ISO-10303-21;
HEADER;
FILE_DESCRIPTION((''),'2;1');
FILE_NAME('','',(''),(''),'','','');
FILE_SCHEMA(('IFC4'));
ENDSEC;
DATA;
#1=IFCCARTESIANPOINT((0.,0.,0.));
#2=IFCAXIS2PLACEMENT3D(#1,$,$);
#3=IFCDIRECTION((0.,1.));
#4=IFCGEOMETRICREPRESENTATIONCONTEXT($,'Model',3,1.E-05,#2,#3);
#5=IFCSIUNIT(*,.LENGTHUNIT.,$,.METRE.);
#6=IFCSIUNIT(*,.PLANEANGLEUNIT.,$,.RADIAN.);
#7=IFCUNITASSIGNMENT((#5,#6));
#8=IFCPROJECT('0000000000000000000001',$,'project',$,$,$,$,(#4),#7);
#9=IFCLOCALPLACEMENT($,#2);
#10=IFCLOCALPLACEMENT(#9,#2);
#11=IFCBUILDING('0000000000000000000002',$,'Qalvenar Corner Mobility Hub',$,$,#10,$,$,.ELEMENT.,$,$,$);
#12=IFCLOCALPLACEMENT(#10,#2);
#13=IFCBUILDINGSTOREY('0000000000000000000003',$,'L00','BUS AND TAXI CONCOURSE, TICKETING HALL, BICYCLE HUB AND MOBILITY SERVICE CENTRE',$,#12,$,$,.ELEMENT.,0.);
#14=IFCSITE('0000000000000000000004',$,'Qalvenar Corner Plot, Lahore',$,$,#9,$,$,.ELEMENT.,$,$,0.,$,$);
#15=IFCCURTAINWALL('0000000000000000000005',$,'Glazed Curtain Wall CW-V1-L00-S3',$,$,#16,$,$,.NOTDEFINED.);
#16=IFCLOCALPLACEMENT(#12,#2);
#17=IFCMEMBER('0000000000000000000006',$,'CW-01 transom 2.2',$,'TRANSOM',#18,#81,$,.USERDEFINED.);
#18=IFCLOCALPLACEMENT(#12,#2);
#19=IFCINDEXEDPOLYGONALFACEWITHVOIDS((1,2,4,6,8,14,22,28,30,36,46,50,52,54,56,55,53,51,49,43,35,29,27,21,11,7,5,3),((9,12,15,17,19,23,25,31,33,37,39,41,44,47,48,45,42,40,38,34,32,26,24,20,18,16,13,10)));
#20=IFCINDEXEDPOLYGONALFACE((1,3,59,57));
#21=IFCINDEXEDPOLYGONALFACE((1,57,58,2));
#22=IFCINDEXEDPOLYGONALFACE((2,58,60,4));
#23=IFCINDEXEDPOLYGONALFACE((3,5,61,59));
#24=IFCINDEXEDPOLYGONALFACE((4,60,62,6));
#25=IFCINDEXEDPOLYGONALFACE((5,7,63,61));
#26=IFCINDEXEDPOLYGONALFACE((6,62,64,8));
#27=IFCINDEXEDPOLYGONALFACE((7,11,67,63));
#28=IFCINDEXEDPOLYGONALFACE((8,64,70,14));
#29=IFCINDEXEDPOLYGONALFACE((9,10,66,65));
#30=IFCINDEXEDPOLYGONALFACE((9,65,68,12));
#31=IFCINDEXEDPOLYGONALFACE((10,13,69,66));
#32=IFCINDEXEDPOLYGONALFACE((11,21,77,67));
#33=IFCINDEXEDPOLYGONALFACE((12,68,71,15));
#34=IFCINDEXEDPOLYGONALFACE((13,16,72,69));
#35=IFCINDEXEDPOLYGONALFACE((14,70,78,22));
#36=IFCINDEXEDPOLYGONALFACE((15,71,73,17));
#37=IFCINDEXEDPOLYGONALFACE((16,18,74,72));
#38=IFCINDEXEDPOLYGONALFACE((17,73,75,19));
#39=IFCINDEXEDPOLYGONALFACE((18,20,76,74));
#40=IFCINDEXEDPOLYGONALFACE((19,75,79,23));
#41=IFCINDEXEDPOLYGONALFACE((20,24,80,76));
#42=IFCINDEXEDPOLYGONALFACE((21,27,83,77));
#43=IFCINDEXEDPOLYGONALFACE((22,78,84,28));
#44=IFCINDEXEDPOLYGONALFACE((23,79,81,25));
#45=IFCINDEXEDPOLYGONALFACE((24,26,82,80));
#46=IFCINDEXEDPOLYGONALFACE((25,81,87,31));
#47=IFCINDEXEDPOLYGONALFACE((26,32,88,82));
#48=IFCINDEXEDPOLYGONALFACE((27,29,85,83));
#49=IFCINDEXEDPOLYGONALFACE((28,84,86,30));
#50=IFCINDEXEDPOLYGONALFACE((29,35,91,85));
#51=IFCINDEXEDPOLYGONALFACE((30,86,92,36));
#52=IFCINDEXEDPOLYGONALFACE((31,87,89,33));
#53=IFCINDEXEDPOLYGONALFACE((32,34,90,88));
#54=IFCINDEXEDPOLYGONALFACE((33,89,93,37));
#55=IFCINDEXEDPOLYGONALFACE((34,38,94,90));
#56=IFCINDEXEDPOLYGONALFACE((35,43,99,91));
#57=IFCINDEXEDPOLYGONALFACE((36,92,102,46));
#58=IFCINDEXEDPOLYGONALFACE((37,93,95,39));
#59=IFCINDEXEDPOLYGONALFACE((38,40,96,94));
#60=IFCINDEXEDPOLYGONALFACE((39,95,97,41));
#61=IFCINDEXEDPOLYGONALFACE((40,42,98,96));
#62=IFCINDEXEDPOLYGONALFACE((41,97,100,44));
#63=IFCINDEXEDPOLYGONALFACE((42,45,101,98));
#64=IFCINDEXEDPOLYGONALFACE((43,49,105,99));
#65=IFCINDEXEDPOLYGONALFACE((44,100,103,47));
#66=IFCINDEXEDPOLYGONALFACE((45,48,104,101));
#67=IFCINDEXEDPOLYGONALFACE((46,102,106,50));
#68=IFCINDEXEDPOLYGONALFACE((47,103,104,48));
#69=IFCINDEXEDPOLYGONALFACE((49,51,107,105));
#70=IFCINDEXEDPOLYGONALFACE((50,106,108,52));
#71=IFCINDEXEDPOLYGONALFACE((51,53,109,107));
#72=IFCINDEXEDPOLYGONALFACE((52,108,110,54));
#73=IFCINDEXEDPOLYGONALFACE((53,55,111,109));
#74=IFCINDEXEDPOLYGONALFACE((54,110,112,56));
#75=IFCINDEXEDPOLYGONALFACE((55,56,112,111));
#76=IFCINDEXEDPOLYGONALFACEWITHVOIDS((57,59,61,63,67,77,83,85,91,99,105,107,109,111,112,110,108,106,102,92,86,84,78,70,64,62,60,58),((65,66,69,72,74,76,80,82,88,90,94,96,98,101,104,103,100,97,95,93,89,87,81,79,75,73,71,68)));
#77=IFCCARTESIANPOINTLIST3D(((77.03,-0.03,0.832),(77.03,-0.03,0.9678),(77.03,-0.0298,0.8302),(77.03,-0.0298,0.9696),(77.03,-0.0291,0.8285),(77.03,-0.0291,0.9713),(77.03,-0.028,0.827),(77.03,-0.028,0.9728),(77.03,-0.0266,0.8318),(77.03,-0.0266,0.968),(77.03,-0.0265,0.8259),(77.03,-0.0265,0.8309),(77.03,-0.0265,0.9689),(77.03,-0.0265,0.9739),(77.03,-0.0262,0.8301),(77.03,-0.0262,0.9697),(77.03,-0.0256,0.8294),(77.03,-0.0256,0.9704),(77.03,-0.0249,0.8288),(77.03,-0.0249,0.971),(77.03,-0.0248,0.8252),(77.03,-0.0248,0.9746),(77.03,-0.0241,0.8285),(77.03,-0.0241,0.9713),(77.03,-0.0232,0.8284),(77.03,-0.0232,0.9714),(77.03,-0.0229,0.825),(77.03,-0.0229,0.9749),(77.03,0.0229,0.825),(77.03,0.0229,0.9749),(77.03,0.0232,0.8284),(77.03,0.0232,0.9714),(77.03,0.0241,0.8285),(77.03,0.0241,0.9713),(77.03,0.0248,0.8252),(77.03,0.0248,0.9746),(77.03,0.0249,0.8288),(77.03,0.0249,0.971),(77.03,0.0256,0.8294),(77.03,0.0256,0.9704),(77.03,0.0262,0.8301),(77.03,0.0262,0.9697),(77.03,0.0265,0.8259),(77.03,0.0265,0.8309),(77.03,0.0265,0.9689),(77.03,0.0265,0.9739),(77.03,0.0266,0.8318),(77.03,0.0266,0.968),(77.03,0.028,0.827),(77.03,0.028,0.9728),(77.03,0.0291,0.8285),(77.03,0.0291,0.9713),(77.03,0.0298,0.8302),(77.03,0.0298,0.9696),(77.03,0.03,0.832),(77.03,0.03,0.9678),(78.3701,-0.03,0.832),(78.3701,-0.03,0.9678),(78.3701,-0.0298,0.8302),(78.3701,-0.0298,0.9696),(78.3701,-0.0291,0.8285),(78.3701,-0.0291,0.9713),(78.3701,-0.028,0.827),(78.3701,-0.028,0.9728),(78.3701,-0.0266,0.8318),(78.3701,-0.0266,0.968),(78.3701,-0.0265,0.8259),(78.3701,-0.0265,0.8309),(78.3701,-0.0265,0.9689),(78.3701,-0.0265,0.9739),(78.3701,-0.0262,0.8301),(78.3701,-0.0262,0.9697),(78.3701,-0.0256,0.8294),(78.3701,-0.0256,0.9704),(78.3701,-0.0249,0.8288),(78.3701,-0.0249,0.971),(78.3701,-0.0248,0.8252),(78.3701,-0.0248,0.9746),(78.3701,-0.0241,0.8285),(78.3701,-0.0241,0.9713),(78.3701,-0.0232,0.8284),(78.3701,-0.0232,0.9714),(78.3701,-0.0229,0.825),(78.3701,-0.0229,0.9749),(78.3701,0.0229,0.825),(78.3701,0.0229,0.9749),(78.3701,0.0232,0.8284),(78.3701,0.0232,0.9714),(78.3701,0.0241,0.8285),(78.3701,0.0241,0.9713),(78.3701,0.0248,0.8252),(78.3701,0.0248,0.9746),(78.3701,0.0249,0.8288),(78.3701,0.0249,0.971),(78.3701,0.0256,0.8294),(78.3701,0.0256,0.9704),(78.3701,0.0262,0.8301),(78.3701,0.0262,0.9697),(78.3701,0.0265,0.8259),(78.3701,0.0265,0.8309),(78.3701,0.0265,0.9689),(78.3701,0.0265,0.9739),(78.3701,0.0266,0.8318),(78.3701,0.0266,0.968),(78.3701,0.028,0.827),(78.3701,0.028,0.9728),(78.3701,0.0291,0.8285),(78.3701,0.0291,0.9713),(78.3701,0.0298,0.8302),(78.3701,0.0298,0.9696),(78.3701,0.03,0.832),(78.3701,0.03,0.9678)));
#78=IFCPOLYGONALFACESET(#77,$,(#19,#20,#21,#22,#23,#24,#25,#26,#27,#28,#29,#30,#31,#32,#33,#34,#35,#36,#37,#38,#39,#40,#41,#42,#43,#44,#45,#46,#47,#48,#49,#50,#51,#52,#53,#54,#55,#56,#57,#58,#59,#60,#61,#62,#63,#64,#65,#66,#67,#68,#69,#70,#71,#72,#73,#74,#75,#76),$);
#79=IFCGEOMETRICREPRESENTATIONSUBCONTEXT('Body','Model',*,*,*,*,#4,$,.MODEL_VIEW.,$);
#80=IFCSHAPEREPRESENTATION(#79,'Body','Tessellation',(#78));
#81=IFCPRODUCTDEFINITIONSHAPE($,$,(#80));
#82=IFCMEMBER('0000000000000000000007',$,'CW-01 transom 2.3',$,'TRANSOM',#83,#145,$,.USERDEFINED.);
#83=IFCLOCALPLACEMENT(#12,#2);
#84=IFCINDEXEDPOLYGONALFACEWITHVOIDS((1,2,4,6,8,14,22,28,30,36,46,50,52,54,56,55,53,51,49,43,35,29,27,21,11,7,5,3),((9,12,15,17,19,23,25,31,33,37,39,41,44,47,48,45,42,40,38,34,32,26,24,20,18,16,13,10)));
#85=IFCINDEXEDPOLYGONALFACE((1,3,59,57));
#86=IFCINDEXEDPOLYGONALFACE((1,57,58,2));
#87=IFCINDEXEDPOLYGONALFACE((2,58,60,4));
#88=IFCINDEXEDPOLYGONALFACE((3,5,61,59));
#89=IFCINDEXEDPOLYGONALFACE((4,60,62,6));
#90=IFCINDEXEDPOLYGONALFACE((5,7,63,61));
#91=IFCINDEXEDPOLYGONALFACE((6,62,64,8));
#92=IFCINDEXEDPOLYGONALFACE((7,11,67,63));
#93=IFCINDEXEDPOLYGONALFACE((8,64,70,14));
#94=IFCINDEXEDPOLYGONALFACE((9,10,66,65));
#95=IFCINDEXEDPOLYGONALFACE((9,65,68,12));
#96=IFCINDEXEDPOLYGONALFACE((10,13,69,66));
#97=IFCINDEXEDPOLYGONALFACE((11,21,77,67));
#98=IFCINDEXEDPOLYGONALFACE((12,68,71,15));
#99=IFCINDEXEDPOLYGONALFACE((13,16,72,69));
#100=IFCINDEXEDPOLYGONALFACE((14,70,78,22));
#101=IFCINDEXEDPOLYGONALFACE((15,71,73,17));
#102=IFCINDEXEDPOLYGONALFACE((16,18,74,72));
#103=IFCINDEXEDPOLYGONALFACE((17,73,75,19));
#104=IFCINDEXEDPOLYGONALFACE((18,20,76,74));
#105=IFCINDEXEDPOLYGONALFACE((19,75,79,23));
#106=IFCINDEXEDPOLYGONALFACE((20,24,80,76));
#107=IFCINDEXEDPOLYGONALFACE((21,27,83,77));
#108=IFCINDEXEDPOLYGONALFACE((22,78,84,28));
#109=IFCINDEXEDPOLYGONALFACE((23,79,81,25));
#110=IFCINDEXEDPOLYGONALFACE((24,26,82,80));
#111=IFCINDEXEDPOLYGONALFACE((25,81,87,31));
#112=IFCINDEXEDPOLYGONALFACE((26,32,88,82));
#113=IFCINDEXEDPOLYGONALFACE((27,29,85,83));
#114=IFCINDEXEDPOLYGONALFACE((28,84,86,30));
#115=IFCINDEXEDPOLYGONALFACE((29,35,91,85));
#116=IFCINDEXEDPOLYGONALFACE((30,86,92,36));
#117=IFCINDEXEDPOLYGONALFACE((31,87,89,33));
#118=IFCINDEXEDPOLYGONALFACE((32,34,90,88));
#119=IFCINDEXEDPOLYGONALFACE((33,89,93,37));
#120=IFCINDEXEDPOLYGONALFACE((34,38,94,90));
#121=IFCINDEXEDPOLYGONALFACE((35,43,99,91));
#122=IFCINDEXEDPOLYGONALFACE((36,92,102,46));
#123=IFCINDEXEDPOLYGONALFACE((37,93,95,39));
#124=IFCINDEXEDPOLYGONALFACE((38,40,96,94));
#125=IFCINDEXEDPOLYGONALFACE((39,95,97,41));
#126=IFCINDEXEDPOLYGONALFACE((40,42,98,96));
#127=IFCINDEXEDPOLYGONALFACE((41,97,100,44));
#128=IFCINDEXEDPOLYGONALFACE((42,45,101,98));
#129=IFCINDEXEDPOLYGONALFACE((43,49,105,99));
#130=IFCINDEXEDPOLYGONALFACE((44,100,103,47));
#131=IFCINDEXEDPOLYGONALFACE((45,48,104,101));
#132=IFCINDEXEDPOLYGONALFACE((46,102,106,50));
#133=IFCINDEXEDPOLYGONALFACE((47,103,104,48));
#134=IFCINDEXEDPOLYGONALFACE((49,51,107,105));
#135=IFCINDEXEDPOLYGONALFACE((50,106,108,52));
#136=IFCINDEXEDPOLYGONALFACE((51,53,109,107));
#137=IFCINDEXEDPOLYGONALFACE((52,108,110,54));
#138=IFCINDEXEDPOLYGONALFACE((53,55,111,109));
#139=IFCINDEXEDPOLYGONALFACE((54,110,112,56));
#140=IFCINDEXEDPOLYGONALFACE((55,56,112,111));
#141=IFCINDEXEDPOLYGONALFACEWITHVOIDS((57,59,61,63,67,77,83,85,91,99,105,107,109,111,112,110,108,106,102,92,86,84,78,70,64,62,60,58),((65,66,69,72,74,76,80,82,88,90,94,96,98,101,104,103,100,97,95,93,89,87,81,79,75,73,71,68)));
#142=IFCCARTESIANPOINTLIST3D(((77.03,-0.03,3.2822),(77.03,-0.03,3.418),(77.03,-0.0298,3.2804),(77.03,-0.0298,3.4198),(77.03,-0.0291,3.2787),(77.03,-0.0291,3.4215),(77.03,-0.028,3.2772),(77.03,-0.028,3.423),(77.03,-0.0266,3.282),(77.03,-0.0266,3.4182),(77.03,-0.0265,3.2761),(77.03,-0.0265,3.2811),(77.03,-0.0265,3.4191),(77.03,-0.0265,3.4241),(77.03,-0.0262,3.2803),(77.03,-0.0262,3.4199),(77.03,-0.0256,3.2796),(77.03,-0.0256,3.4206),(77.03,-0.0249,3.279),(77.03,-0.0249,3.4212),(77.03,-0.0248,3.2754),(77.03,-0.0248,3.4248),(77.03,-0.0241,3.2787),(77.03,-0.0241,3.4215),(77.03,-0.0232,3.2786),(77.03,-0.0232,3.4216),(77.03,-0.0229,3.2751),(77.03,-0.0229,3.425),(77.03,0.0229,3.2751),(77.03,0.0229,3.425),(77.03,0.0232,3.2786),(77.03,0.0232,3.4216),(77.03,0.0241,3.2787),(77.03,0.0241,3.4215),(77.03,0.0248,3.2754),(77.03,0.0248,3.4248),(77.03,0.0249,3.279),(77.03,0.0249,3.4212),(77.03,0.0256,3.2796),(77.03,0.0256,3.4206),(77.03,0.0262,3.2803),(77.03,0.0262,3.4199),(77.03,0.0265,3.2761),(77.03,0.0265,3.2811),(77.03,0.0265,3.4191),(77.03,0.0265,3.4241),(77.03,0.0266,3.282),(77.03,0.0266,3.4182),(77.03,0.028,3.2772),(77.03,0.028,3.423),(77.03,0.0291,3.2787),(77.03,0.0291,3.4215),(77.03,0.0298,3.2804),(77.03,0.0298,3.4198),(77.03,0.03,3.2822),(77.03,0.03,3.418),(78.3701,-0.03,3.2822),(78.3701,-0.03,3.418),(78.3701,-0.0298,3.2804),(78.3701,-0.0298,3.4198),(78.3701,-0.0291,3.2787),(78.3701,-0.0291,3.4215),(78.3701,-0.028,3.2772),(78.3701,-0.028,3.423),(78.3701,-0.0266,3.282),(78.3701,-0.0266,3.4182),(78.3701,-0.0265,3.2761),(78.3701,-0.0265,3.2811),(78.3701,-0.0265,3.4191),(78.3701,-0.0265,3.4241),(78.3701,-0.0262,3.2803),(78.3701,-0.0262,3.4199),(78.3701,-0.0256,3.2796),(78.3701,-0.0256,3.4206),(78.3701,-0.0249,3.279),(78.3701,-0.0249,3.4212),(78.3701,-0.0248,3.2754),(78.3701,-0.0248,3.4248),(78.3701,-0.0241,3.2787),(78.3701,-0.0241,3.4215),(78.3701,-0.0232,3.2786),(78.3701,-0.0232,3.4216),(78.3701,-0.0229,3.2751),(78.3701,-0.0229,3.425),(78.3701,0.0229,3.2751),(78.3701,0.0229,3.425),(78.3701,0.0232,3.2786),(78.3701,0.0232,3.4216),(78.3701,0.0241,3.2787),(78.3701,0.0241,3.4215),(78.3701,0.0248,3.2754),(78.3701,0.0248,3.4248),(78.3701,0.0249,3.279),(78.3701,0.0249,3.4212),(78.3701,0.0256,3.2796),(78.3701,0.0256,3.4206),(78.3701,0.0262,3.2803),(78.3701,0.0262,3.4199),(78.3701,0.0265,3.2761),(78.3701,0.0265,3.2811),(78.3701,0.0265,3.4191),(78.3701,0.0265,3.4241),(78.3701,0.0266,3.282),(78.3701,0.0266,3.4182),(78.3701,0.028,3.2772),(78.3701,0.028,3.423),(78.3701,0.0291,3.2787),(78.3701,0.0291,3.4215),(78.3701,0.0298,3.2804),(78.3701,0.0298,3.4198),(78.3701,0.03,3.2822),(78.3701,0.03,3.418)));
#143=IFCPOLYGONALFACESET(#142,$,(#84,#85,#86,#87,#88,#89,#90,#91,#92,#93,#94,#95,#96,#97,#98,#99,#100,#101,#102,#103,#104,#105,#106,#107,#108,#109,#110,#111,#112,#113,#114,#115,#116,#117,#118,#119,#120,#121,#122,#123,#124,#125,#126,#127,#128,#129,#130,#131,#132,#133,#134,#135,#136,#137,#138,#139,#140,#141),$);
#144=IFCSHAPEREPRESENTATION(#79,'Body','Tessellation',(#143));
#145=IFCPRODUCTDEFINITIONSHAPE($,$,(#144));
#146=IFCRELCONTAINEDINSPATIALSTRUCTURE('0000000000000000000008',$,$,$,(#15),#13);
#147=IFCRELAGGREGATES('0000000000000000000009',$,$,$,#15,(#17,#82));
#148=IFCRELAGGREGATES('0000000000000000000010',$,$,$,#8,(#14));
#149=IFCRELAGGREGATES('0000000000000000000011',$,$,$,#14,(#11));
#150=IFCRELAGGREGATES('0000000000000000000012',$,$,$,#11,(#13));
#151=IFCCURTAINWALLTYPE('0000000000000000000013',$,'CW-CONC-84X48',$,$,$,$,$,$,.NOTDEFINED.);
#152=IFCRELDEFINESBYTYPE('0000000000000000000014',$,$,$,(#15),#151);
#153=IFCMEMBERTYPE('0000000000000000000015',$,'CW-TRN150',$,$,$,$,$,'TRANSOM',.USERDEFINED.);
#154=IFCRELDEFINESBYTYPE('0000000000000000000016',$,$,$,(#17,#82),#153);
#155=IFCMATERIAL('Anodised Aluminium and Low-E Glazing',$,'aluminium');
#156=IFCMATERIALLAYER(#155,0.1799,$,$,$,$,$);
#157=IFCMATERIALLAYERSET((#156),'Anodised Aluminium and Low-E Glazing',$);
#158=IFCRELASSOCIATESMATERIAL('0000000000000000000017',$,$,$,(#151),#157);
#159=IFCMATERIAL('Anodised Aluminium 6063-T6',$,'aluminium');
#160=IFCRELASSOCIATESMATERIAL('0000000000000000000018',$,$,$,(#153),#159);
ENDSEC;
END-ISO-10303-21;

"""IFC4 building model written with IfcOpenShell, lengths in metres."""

from ifc_helpers import new_model, si_unit, direction, frame, origin, origin_2d, place, context, subcontext, project, spatial, hollow_rectangle, extrude, material, layer, layer_set, material_profile, profile_set, type_object, element, aggregate, save


model = new_model("IFC4")

# Units and contexts
model_context = context("Model", 3, precision=1e-05, world=origin(), true_north=direction((0.0, 1.0)))
body_context = subcontext(model_context, "Body", "Model", "MODEL_VIEW")
ifc_project = project(units=[si_unit("LENGTHUNIT", "METRE"), si_unit("PLANEANGLEUNIT", "RADIAN")], contexts=[model_context])

# Site, building, storey
site_placement = place(None, origin())
site = spatial("IfcSite", under=ifc_project, at=site_placement, Name="Qalvenar Corner Plot, Lahore", CompositionType="ELEMENT", RefElevation=0.0)
building_placement = place(site_placement, origin())
building = spatial("IfcBuilding", under=site, at=building_placement, Name="Qalvenar Corner Mobility Hub", CompositionType="ELEMENT")
storey_placement = place(building_placement, origin())
storey = spatial("IfcBuildingStorey", under=building, at=storey_placement, Name="L00", Description="BUS AND TAXI CONCOURSE, TICKETING HALL, BICYCLE HUB AND MOBILITY SERVICE CENTRE", CompositionType="ELEMENT", Elevation=0.0)

# Curtain wall, members
ifc_material_1 = material(Name="Anodised Aluminium and Low-E Glazing", Category="aluminium")
ifc_layer_1 = layer(ifc_material_1, 0.1799)
ifc_layer_set_1 = layer_set([ifc_layer_1], Name="Anodised Aluminium and Low-E Glazing")
curtain_wall_type = type_object("IfcCurtainWallType", Name="CW-CONC-84X48", PredefinedType="NOTDEFINED", material=ifc_layer_set_1)
curtain_wall_placement = place(storey_placement, origin())
curtain_wall = element("IfcCurtainWall", 1, at=curtain_wall_placement, inside=storey, type_object=curtain_wall_type, Name="Glazed Curtain Wall CW-V1-L00-S3", PredefinedType="NOTDEFINED")
ifc_material_2 = material(Name="Anodised Aluminium 6063-T6", Category="aluminium")
ifc_material_profile_1 = material_profile(ifc_material_2, hollow_rectangle(XDim=0.0601, YDim=0.1499, WallThickness=0.0034, InnerFilletRadius=0.0034, OuterFilletRadius=0.0071, at=origin_2d()), Name="RHS150x60x3.5")
ifc_profile_set_1 = profile_set([ifc_material_profile_1], Name="Anodised Aluminium 6063-T6")
member_type_1 = type_object("IfcMemberType", Name="CW-TRN150", ElementType="TRANSOM", PredefinedType="USERDEFINED", material=ifc_profile_set_1)
member_1_placement = place(storey_placement, frame((77.03, 0.0, 0.8999), z_axis=(1.0, 0.0, 0.0), x_axis=(0.0, 1.0, 0.0)))
member_1 = element("IfcMember", 2, at=member_1_placement, type_object=member_type_1, Name="CW-01 transom 2.2", ObjectType="TRANSOM", PredefinedType="USERDEFINED", context=body_context, shape_type="SweptSolid", body=[
    extrude(hollow_rectangle(XDim=0.0601, YDim=0.1499, WallThickness=0.0034, InnerFilletRadius=0.0034, OuterFilletRadius=0.0071, at=origin_2d()), origin(), (0.0, 0.0, 1.0), 1.3401),
])
member_2_placement = place(storey_placement, frame((77.03, 0.0, 3.3501), z_axis=(1.0, 0.0, 0.0), x_axis=(0.0, 1.0, 0.0)))
member_2 = element("IfcMember", 3, at=member_2_placement, type_object=member_type_1, Name="CW-01 transom 2.3", ObjectType="TRANSOM", PredefinedType="USERDEFINED", context=body_context, shape_type="SweptSolid", body=[
    extrude(hollow_rectangle(XDim=0.0601, YDim=0.1499, WallThickness=0.0034, InnerFilletRadius=0.0034, OuterFilletRadius=0.0071, at=origin_2d()), origin(), (0.0, 0.0, 1.0), 1.3401),
])
aggregate(curtain_wall, [member_1, member_2])

save(model, "model.ifc")
